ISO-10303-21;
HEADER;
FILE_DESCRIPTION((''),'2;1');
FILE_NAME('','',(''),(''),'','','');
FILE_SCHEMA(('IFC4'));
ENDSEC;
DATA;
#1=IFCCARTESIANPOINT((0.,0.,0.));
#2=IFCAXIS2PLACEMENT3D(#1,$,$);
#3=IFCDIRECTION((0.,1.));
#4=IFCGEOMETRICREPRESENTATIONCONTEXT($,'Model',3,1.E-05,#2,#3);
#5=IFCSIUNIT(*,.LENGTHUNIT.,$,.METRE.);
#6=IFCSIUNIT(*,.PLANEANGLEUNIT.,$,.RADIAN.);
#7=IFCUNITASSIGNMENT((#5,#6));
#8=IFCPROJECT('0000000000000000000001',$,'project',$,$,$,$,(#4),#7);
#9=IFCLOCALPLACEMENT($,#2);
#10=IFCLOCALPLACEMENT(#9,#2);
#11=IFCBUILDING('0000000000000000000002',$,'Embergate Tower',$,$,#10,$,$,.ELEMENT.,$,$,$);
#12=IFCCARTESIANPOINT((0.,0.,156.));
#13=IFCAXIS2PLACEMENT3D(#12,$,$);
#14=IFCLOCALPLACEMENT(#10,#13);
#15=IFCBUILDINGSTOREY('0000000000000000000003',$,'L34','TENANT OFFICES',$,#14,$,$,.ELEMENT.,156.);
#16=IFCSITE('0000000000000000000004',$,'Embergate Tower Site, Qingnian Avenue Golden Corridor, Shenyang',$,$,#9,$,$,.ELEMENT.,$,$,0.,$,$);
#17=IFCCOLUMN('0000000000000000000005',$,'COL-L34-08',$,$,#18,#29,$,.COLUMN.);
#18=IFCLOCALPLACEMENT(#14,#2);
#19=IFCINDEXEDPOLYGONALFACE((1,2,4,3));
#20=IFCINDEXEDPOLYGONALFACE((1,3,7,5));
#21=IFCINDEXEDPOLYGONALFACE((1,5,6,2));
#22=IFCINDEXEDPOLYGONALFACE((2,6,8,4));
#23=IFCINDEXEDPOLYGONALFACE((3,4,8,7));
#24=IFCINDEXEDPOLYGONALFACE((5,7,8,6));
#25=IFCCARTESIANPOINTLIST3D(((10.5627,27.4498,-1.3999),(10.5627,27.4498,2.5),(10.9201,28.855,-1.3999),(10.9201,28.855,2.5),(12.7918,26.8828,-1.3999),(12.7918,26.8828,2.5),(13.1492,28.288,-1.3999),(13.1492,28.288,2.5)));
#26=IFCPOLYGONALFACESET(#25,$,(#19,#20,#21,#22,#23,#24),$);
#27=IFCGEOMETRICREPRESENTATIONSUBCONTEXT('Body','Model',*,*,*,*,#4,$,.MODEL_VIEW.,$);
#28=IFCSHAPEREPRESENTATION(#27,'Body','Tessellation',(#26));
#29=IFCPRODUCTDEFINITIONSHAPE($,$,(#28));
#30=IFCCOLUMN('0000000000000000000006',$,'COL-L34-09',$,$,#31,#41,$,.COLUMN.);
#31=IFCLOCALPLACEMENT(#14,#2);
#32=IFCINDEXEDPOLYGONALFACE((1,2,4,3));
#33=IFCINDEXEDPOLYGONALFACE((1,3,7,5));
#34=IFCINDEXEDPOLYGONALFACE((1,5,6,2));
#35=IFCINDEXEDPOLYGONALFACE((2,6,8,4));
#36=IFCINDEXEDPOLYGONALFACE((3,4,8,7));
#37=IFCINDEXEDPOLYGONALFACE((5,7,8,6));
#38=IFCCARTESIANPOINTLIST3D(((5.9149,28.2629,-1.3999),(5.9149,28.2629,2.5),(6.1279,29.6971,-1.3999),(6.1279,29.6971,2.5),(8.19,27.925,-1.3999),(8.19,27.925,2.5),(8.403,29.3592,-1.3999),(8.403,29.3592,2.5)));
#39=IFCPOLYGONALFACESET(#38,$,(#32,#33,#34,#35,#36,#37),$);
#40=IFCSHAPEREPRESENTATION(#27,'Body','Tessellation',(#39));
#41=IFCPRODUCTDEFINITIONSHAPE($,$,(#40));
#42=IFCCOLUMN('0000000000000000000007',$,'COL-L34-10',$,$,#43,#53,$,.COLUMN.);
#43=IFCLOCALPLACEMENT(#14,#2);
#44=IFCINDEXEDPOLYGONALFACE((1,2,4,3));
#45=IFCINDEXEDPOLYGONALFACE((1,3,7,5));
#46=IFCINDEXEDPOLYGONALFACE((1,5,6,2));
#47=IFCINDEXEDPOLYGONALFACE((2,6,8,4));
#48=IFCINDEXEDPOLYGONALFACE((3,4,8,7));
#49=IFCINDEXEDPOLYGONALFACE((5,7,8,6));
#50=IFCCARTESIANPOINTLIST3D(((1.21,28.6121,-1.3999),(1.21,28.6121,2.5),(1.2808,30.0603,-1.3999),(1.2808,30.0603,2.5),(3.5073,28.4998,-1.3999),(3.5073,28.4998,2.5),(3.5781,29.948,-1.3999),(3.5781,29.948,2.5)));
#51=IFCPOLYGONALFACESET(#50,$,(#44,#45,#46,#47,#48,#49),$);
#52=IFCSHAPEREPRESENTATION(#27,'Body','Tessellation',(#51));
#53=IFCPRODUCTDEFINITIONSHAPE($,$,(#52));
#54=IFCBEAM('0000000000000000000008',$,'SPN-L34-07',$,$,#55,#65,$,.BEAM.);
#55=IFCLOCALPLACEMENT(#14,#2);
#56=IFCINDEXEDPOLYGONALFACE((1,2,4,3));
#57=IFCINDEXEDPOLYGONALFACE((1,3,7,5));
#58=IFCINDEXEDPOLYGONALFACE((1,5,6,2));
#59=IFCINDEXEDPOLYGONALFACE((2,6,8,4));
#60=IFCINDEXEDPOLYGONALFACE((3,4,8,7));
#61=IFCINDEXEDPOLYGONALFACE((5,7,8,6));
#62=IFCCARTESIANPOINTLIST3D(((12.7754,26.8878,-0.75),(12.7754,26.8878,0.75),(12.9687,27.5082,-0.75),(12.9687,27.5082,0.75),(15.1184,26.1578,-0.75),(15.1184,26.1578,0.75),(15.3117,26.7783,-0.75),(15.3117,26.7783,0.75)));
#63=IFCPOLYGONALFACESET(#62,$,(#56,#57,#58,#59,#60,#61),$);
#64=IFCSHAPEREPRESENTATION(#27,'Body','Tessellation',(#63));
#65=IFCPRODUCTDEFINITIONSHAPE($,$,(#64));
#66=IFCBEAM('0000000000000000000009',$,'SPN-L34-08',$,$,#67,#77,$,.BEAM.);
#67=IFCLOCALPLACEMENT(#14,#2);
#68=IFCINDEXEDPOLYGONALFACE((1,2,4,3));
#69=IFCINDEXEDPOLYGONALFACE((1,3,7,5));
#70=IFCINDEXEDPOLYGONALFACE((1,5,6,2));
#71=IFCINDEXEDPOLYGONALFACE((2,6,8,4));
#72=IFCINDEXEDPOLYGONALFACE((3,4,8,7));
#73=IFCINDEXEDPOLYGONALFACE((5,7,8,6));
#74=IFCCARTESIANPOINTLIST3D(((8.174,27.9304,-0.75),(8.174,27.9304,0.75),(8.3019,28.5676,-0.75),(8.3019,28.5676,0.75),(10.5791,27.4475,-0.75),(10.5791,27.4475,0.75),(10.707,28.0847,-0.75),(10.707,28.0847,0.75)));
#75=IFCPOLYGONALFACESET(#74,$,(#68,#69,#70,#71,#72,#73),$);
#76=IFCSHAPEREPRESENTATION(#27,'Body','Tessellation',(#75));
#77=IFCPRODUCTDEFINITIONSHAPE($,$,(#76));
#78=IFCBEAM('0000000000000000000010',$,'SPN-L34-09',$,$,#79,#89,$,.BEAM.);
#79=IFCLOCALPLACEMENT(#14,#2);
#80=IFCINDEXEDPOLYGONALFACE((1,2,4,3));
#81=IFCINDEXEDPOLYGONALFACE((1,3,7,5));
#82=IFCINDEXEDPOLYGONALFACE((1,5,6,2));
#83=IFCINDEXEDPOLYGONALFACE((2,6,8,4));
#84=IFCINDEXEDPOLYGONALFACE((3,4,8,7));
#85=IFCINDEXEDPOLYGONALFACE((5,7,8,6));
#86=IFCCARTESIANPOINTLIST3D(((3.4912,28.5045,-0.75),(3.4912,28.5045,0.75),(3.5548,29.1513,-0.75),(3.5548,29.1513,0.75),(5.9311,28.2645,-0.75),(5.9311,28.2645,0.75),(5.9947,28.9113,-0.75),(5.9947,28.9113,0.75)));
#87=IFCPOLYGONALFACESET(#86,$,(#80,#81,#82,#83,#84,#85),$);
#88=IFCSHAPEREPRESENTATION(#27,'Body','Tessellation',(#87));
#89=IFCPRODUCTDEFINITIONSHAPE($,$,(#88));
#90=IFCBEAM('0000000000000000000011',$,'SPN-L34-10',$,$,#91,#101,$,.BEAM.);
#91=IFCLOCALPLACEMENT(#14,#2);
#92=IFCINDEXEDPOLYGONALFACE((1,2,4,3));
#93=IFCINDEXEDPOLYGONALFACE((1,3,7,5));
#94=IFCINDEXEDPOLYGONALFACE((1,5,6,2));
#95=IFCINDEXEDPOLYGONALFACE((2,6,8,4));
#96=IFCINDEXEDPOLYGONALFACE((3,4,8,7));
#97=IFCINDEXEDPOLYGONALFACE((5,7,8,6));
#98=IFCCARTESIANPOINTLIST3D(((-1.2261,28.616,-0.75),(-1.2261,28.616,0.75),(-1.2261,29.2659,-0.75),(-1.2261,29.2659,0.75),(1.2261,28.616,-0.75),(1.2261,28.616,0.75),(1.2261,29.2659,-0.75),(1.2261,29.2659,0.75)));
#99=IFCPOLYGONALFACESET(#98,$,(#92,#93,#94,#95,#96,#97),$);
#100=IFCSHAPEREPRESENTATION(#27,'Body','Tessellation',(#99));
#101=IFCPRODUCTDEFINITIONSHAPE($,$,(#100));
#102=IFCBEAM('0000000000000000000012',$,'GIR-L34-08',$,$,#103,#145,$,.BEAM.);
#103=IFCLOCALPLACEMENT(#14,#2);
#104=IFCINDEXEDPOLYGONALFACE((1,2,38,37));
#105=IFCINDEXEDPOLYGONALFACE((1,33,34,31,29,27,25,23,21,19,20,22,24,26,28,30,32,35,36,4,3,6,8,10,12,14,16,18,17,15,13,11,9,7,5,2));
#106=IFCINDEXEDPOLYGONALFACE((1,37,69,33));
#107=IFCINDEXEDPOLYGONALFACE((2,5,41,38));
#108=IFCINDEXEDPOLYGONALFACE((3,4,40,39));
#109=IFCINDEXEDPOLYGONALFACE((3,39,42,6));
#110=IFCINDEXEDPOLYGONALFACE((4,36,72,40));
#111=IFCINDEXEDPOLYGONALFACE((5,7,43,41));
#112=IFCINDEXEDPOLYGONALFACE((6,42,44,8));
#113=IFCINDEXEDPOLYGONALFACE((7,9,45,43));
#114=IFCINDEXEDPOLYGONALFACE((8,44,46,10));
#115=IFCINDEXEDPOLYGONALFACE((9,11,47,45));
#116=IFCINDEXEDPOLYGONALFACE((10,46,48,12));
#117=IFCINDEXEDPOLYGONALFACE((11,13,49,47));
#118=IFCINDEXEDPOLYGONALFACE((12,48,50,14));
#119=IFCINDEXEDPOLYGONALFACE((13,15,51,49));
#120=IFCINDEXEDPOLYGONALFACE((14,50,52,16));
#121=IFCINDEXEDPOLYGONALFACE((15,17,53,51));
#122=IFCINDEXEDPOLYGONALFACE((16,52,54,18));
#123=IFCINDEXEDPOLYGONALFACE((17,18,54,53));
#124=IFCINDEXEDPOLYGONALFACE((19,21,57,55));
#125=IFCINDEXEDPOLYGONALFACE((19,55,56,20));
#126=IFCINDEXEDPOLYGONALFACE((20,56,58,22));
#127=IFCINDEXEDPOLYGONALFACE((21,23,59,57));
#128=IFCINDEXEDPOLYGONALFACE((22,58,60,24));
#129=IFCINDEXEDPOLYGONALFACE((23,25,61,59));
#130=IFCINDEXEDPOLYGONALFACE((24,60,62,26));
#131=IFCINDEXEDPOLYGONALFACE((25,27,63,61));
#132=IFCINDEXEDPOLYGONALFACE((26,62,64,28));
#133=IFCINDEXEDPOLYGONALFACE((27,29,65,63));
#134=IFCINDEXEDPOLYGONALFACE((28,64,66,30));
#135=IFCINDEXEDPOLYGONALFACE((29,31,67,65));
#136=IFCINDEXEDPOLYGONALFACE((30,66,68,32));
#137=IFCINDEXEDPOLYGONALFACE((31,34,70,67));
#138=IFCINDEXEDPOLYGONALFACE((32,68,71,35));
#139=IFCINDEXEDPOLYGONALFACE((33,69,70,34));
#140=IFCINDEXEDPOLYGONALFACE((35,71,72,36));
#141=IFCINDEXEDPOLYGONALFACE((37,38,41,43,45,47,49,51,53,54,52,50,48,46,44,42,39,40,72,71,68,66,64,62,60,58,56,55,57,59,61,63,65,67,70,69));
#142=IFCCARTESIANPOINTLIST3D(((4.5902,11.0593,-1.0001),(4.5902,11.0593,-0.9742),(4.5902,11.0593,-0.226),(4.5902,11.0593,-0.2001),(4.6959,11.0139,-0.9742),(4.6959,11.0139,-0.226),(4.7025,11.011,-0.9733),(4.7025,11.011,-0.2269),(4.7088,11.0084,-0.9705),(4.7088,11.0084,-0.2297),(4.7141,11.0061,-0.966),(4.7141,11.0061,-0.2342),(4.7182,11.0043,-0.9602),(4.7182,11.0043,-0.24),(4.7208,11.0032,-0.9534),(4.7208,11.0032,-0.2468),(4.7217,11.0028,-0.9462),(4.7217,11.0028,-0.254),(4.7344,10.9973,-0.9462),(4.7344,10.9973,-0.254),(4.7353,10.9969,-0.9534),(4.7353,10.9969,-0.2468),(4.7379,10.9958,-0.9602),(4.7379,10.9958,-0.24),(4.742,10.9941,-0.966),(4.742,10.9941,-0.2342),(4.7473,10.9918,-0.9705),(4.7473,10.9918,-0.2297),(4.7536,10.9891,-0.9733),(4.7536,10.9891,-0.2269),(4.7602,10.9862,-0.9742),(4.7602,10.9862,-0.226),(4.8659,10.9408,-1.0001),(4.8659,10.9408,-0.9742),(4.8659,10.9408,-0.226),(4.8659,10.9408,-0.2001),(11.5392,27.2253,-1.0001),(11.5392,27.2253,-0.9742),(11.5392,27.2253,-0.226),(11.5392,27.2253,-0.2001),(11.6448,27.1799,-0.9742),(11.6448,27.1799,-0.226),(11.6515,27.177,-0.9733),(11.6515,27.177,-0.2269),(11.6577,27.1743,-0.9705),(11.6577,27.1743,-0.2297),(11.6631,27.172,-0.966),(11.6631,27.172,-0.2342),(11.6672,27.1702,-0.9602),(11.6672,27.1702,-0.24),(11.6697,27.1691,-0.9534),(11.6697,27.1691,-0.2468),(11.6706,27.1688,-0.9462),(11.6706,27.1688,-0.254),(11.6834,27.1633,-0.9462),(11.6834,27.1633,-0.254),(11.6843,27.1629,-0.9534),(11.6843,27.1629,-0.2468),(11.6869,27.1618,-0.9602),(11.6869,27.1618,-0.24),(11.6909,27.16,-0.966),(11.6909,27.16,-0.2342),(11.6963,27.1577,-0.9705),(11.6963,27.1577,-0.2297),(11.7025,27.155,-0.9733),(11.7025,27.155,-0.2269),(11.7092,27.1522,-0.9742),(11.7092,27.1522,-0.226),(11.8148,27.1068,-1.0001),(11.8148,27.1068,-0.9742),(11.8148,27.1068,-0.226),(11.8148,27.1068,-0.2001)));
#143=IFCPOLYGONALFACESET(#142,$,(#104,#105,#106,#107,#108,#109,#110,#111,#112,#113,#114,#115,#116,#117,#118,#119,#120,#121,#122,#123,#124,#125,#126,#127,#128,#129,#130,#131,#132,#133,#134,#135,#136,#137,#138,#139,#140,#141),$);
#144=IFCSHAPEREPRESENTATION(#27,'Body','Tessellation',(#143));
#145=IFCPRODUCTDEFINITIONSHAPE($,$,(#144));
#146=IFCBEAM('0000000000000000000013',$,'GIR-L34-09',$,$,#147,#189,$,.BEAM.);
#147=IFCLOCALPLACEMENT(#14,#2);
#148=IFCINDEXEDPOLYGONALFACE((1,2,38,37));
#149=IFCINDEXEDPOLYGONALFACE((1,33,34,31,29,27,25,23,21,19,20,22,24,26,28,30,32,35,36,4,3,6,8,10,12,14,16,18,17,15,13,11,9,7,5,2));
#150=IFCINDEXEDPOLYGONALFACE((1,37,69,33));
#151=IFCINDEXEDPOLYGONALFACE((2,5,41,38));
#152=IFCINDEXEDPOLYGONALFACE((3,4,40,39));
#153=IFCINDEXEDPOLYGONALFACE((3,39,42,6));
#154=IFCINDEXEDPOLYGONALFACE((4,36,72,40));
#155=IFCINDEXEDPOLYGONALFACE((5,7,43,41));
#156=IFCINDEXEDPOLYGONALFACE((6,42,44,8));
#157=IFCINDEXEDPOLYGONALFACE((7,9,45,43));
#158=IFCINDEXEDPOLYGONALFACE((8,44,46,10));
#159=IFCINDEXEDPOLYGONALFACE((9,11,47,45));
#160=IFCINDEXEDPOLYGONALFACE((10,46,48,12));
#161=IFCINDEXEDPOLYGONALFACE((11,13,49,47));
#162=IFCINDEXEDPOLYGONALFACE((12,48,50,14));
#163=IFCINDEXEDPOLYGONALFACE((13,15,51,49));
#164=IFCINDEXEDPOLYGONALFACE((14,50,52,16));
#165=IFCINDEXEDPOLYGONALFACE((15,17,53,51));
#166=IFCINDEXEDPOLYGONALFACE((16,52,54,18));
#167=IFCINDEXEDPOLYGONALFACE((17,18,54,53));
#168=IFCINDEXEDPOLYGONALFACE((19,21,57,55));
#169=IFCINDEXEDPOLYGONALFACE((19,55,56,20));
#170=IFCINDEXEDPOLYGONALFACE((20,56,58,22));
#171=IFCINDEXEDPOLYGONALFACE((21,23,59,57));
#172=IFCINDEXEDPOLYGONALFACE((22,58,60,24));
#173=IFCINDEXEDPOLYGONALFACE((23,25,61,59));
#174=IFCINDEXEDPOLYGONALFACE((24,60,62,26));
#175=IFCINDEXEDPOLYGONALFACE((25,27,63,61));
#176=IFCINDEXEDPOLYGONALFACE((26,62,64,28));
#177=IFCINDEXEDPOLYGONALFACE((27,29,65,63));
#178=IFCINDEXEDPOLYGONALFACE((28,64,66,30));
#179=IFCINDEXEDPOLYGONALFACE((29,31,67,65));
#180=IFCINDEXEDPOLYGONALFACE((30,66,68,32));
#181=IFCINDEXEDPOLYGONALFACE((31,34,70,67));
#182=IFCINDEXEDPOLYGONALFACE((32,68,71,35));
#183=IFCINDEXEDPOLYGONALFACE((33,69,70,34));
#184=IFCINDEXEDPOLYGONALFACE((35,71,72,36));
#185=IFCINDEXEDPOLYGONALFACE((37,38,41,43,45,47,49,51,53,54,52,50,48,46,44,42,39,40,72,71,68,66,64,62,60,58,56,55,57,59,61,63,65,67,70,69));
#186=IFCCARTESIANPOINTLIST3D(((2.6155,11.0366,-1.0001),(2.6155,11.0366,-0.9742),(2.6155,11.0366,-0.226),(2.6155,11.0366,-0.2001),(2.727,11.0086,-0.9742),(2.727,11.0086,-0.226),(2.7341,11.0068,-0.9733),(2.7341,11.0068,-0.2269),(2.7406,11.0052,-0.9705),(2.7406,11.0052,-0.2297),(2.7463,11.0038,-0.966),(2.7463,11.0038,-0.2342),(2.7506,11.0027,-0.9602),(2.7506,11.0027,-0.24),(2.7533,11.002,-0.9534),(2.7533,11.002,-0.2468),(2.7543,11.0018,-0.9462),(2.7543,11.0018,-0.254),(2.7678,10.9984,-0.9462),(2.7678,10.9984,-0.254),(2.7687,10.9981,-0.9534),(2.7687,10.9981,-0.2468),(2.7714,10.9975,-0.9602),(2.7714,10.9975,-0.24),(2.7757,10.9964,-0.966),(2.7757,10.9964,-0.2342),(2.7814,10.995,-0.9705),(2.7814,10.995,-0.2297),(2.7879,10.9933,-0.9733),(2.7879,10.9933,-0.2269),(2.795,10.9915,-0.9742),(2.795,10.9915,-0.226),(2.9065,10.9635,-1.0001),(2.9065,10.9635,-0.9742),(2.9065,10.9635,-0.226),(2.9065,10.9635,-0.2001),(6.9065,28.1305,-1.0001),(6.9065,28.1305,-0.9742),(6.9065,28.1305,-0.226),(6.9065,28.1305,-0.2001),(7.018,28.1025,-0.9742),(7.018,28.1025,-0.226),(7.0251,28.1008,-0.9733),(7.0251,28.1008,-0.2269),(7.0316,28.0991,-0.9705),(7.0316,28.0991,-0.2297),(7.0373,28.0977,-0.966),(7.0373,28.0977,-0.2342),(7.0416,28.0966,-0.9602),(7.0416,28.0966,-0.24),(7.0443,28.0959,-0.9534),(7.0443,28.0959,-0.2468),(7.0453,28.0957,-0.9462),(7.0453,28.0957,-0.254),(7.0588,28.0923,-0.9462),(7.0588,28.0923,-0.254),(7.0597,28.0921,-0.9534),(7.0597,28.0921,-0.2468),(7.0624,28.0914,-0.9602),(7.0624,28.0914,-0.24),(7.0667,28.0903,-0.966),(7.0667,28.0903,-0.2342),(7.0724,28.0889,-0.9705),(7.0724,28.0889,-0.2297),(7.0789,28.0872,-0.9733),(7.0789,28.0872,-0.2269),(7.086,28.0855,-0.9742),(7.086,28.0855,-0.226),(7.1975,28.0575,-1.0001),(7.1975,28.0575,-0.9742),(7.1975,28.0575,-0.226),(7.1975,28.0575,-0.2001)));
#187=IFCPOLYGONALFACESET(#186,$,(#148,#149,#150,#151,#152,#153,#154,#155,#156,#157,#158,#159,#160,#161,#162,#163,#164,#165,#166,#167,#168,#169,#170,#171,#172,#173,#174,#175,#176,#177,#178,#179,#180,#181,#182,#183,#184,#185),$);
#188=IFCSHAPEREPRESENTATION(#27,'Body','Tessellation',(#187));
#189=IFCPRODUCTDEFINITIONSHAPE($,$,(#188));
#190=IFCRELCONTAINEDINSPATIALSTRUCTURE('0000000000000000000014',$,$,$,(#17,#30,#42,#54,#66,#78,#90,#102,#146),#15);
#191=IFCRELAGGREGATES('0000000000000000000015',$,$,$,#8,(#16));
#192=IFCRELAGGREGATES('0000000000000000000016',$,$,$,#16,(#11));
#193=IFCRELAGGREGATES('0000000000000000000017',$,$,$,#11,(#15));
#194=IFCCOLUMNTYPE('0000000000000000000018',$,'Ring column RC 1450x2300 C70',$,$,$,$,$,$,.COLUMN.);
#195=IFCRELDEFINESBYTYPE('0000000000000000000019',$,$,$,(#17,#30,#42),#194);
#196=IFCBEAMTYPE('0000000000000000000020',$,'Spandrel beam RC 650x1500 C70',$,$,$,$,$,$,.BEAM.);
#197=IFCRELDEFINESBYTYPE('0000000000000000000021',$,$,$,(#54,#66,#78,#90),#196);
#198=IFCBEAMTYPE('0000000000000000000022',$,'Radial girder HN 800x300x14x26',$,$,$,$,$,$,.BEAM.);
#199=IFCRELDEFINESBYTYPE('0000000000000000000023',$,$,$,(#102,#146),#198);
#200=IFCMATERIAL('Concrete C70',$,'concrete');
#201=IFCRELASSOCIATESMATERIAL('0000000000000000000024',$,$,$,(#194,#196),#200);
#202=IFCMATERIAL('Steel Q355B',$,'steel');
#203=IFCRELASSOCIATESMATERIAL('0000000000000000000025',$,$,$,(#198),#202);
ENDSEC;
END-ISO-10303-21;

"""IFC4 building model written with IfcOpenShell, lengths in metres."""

from ifc_helpers import new_model, si_unit, direction, frame, origin, origin_2d, place, context, subcontext, project, spatial, rectangle, i_section, extrude, source, transform, mapped, material, material_profile, profile_set, type_object, element, save


model = new_model("IFC4")

# Units and contexts
model_context = context("Model", 3, precision=1e-05, world=origin(), true_north=direction((0.0, 1.0)))
body_context = subcontext(model_context, "Body", "Model", "MODEL_VIEW")
ifc_project = project(units=[si_unit("LENGTHUNIT", "METRE"), si_unit("PLANEANGLEUNIT", "RADIAN")], contexts=[model_context])

# Site, building, storey
site_placement = place(None, origin())
site = spatial("IfcSite", under=ifc_project, at=site_placement, Name="Embergate Tower Site, Qingnian Avenue Golden Corridor, Shenyang", CompositionType="ELEMENT", RefElevation=0.0)
building_placement = place(site_placement, origin())
building = spatial("IfcBuilding", under=site, at=building_placement, Name="Embergate Tower", CompositionType="ELEMENT")
storey_placement = place(building_placement, frame((0.0, 0.0, 156.0)))
storey = spatial("IfcBuildingStorey", under=building, at=storey_placement, Name="L34", Description="TENANT OFFICES", CompositionType="ELEMENT", Elevation=156.0)

# Columns
ifc_material_1 = material(Name="Concrete C70", Category="concrete")
ifc_material_profile_1 = material_profile(ifc_material_1, rectangle(XDim=1.45, YDim=2.3, at=origin_2d()), Name="RC 1450x2300")
ifc_profile_set_1 = profile_set([ifc_material_profile_1], Name="Concrete C70")
column_type = type_object("IfcColumnType", Name="Ring column RC 1450x2300 C70", PredefinedType="COLUMN", material=ifc_profile_set_1)
shared_shape_1 = source(origin(), body_context, "Body", "SweptSolid", [
    extrude(rectangle(XDim=1.45, YDim=2.3, at=origin_2d()), origin(), (0.0, 0.0, 1.0), 3.8999),
])
for number, where, z_axis, x_axis, name in (
    (1, (11.856, 27.8689, -1.3999), (0.0, 0.0, 1.0), (0.246492, 0.969145, 0.0), "COL-L34-08"),
    (2, (7.1589, 28.811, -1.3999), (0.0, 0.0, 1.0), (0.146929, 0.989147, 0.0), "COL-L34-09"),
    (3, (2.394, 29.28, -1.3999), (0.0, 0.0, 1.0), (0.048815, 0.998808, 0.0), "COL-L34-10"),
):
    element("IfcColumn", number, at=place(storey_placement, frame(where, z_axis=z_axis, x_axis=x_axis)), inside=storey, type_object=column_type, Name=name, PredefinedType="COLUMN", context=body_context, shape_type="MappedRepresentation", body=[
        mapped(shared_shape_1, transform((0.0, 0.0, 0.0))),
    ])

# Beams
ifc_material_profile_2 = material_profile(ifc_material_1, rectangle(XDim=0.6499, YDim=1.5, at=origin_2d()), Name="RC 650x1500")
ifc_profile_set_2 = profile_set([ifc_material_profile_2], Name="Concrete C70")
beam_type_1 = type_object("IfcBeamType", Name="Spandrel beam RC 650x1500 C70", PredefinedType="BEAM", material=ifc_profile_set_2)
shared_shape_2 = source(origin(), body_context, "Body", "SweptSolid", [
    extrude(rectangle(XDim=0.6499, YDim=1.5, at=origin_2d()), origin(), (0.0, 0.0, 1.0), 2.4541),
])
beam_1_placement = place(storey_placement, frame((15.2151, 26.468, 0.0), z_axis=(-0.954736, 0.297454, 0.0), x_axis=(-0.297454, -0.954736, 0.0)))
element("IfcBeam", 4, at=beam_1_placement, inside=storey, type_object=beam_type_1, Name="SPN-L34-07", PredefinedType="BEAM", context=body_context, shape_type="MappedRepresentation", body=[
    mapped(shared_shape_2, transform((0.0, 0.0, 0.0))),
])
shared_shape_3 = source(origin(), body_context, "Body", "SweptSolid", [
    extrude(rectangle(XDim=0.6499, YDim=1.5, at=origin_2d()), origin(), (0.0, 0.0, 1.0), 2.4531),
])
beam_2_placement = place(storey_placement, frame((10.6431, 27.7661, 0.0), z_axis=(-0.980431, 0.196863, 0.0), x_axis=(-0.196863, -0.980431, 0.0)))
element("IfcBeam", 5, at=beam_2_placement, inside=storey, type_object=beam_type_1, Name="SPN-L34-08", PredefinedType="BEAM", context=body_context, shape_type="MappedRepresentation", body=[
    mapped(shared_shape_3, transform((0.0, 0.0, 0.0))),
])
shared_shape_4 = source(origin(), body_context, "Body", "SweptSolid", [
    extrude(rectangle(XDim=0.6499, YDim=1.5, at=origin_2d()), origin(), (0.0, 0.0, 1.0), 2.4517),
])
beam_3_placement = place(storey_placement, frame((5.9629, 28.5879, 0.0), z_axis=(-0.995198, 0.097887, 0.0), x_axis=(-0.097887, -0.995198, 0.0)))
element("IfcBeam", 6, at=beam_3_placement, inside=storey, type_object=beam_type_1, Name="SPN-L34-09", PredefinedType="BEAM", context=body_context, shape_type="MappedRepresentation", body=[
    mapped(shared_shape_4, transform((0.0, 0.0, 0.0))),
])
shared_shape_5 = source(origin(), body_context, "Body", "SweptSolid", [
    extrude(rectangle(XDim=0.6499, YDim=1.5, at=origin_2d()), origin(), (0.0, 0.0, 1.0), 2.4521),
])
beam_4_placement = place(storey_placement, frame((1.2261, 28.9409, 0.0), z_axis=(-1.0, 0.0, 0.0), x_axis=(0.0, -1.0, 0.0)))
element("IfcBeam", 7, at=beam_4_placement, inside=storey, type_object=beam_type_1, Name="SPN-L34-10", PredefinedType="BEAM", context=body_context, shape_type="MappedRepresentation", body=[
    mapped(shared_shape_5, transform((0.0, 0.0, 0.0))),
])
ifc_material_2 = material(Name="Steel Q355B", Category="steel")
ifc_material_profile_3 = material_profile(ifc_material_2, i_section(OverallWidth=0.3, OverallDepth=0.8, WebThickness=0.0139, FlangeThickness=0.0259, FilletRadius=0.0281, at=origin_2d()), Name="HN 800x300x14x26")
ifc_profile_set_3 = profile_set([ifc_material_profile_3], Name="Steel Q355 grade B")
beam_type_2 = type_object("IfcBeamType", Name="Radial girder HN 800x300x14x26", PredefinedType="BEAM", material=ifc_profile_set_3)
shared_shape_6 = source(origin(), body_context, "Body", "SweptSolid", [
    extrude(i_section(OverallWidth=0.3, OverallDepth=0.8, WebThickness=0.0139, FlangeThickness=0.0259, FilletRadius=0.0281, at=origin_2d()), origin(), (0.0, 0.0, 1.0), 17.5962),
])
beam_5_placement = place(storey_placement, frame((11.677, 27.166, -0.6001), z_axis=(-0.394912, -0.918719, 0.0), x_axis=(0.918719, -0.394912, 0.0)))
element("IfcBeam", 8, at=beam_5_placement, inside=storey, type_object=beam_type_2, Name="GIR-L34-08", PredefinedType="BEAM", context=body_context, shape_type="MappedRepresentation", body=[
    mapped(shared_shape_6, transform((0.0, 0.0, 0.0))),
])
shared_shape_7 = source(origin(), body_context, "Body", "SweptSolid", [
    extrude(i_section(OverallWidth=0.3, OverallDepth=0.8, WebThickness=0.0139, FlangeThickness=0.0259, FilletRadius=0.0281, at=origin_2d()), origin(), (0.0, 0.0, 1.0), 17.6243),
])
beam_6_placement = place(storey_placement, frame((7.052, 28.094, -0.6001), z_axis=(-0.243471, -0.969908, 0.0), x_axis=(0.969908, -0.243471, 0.0)))
element("IfcBeam", 9, at=beam_6_placement, inside=storey, type_object=beam_type_2, Name="GIR-L34-09", PredefinedType="BEAM", context=body_context, shape_type="MappedRepresentation", body=[
    mapped(shared_shape_7, transform((0.0, 0.0, 0.0))),
])

save(model, "model.ifc")
